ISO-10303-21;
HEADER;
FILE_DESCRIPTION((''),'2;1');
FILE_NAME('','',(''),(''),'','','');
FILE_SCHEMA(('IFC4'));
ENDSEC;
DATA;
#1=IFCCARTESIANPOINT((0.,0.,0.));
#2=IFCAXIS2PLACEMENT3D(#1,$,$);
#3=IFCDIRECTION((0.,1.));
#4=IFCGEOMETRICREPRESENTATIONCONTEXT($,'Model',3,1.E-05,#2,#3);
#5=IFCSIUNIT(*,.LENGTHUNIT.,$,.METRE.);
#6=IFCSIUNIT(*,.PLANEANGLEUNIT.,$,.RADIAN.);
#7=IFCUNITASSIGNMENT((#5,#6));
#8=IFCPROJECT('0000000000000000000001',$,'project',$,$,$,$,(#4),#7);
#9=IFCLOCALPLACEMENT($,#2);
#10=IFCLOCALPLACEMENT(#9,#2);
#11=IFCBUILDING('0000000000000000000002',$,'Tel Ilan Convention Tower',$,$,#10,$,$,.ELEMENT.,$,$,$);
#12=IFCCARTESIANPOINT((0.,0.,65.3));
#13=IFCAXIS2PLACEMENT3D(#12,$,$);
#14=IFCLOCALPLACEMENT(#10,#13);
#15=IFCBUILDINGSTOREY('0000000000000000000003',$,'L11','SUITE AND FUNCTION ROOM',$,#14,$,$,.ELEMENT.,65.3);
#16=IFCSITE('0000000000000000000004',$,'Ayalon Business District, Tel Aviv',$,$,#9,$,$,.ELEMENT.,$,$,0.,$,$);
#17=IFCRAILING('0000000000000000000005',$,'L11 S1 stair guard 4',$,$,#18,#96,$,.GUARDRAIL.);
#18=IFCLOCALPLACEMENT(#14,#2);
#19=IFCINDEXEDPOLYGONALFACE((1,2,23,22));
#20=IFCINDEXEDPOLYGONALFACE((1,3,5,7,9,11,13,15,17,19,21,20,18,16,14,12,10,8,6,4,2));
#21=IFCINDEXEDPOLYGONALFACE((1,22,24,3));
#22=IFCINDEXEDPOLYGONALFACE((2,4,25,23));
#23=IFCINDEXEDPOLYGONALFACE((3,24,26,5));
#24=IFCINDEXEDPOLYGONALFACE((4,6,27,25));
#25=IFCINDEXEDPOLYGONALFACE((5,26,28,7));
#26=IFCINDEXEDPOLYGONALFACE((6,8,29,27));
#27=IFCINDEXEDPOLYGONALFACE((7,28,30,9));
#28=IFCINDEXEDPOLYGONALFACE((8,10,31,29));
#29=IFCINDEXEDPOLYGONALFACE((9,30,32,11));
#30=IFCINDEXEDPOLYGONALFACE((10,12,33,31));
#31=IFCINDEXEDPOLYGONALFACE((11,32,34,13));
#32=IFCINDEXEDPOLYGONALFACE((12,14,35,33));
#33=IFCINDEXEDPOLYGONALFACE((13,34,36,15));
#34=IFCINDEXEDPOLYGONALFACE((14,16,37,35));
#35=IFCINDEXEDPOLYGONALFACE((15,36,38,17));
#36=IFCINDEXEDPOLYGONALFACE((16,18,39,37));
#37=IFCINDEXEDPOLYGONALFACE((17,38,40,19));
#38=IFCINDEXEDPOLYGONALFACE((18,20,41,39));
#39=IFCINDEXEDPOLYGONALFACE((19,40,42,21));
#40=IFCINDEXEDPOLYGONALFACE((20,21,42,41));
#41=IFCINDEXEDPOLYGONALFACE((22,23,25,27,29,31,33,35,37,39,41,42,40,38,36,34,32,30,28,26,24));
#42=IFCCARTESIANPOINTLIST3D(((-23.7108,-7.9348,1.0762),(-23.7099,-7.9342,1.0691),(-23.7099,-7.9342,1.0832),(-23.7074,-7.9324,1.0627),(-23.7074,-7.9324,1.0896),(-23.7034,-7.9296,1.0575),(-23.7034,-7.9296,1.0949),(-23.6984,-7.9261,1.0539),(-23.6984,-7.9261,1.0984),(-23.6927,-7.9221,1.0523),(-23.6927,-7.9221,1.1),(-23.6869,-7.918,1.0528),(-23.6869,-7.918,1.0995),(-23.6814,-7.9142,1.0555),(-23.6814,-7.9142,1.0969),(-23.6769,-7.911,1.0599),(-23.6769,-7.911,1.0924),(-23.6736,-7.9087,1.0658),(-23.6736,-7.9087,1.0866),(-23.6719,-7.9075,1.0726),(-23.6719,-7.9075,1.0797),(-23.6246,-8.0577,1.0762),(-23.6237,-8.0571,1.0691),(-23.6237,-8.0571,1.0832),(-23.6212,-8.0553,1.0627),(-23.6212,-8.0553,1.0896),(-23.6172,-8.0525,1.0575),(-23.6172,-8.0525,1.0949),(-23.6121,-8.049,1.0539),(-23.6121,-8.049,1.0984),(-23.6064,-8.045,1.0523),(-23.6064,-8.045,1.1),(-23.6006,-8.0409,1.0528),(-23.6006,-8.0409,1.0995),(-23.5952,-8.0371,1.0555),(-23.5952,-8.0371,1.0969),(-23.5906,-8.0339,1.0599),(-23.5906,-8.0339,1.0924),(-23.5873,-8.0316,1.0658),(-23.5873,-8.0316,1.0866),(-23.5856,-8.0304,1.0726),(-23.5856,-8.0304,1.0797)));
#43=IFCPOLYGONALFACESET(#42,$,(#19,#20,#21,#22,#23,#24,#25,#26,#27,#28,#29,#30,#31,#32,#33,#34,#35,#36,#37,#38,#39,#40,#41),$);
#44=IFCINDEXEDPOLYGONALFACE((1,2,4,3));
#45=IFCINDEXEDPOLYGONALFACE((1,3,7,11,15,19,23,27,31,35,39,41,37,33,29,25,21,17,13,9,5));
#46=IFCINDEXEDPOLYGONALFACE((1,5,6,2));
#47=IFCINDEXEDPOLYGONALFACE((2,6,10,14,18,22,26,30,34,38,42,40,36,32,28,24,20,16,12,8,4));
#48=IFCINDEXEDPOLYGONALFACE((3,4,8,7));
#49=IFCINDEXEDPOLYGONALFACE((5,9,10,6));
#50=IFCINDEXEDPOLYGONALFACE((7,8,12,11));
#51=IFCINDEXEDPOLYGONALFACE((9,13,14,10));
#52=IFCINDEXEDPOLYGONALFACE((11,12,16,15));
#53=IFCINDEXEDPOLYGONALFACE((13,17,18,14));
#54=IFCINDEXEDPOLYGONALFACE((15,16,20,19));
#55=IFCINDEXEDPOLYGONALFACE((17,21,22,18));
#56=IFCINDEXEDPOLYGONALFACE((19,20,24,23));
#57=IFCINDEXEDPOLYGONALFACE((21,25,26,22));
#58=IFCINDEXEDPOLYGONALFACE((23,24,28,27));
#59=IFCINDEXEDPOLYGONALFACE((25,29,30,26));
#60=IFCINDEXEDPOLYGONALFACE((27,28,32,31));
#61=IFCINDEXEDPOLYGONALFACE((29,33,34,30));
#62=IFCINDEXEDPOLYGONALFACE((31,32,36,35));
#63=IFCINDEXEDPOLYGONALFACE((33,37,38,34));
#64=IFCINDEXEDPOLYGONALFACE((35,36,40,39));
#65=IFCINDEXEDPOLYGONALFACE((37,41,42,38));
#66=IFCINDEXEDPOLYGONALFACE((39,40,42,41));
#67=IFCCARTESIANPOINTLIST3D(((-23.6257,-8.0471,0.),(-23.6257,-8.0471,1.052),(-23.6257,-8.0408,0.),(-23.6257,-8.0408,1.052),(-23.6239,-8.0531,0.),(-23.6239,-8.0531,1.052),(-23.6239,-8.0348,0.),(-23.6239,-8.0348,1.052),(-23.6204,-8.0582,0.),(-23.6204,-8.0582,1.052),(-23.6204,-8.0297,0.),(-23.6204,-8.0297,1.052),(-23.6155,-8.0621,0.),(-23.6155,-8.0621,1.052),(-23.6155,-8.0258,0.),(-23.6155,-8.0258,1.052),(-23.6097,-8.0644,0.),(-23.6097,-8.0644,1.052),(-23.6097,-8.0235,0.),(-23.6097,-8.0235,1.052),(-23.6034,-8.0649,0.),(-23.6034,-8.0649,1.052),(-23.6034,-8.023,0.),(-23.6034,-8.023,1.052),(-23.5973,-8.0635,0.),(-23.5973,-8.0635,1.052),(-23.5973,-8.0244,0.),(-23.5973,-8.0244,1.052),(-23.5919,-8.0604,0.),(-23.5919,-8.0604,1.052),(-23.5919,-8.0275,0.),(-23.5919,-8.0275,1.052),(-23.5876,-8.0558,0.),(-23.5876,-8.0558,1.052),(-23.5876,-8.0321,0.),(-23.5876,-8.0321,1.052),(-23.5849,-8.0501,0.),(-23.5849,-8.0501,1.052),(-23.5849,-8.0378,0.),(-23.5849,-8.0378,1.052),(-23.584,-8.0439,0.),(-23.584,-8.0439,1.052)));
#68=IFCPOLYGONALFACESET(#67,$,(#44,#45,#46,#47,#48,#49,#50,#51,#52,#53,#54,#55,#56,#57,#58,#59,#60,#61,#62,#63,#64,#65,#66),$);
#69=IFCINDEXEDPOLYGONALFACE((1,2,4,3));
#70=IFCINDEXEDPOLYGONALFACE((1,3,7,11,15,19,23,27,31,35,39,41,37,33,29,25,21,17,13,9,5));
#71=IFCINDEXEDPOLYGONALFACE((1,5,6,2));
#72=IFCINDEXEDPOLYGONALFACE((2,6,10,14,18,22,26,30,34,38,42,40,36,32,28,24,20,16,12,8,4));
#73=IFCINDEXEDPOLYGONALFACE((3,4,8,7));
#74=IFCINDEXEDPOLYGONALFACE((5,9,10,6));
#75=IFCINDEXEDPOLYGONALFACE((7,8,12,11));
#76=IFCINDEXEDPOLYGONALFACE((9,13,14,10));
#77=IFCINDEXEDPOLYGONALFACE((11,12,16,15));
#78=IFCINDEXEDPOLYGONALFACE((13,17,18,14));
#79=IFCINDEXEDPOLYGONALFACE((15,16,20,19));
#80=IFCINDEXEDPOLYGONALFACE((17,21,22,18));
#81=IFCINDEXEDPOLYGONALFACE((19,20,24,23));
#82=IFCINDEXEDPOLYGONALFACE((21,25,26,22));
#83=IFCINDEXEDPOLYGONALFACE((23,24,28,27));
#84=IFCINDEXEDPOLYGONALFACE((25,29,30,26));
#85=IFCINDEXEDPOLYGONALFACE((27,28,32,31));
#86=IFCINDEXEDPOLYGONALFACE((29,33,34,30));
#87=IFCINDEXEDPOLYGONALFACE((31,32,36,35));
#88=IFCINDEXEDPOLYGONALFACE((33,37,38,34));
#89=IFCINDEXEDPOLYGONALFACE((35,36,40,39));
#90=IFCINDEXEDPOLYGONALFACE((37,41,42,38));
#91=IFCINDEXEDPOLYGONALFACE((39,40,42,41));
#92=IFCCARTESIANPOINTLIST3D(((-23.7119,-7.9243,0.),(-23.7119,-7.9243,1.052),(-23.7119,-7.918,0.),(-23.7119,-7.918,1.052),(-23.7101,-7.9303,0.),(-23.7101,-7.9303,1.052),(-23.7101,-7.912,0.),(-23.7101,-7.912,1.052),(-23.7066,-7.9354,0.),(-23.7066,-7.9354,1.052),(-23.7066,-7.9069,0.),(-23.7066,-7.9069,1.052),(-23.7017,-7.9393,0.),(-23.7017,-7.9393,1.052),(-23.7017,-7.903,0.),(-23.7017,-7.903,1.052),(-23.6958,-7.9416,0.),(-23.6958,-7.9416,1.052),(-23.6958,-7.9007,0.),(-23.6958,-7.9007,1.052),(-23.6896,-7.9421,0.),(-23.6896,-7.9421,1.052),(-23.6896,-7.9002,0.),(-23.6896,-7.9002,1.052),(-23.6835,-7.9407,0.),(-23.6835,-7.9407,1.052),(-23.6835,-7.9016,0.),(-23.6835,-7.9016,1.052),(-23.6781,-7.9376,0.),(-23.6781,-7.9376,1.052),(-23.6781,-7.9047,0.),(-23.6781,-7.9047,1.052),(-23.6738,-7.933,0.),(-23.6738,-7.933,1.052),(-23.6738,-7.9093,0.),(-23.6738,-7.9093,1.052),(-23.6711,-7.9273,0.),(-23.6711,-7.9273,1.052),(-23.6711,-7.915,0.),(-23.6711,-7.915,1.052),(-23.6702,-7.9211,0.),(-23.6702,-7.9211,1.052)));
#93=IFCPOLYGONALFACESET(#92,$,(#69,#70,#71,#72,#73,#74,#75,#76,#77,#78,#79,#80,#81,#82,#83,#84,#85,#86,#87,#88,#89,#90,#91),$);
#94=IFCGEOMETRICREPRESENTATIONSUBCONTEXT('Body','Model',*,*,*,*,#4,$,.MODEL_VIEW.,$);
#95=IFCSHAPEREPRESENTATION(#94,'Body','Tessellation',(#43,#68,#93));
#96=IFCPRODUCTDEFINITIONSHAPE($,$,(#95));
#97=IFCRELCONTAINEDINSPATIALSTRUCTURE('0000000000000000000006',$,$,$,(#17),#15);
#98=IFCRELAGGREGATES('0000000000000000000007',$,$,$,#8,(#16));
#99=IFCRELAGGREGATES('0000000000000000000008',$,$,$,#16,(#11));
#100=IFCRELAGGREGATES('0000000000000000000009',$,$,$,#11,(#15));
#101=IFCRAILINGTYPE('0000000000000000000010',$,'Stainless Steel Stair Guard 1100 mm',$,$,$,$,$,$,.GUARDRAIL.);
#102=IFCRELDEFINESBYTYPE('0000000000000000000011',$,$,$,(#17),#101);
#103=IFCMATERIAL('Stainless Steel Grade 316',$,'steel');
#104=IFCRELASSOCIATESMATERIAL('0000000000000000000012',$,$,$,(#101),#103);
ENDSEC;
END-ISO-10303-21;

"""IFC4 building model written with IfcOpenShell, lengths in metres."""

from ifc_helpers import new_model, si_unit, direction, frame, origin, origin_2d, place, context, subcontext, project, spatial, circle, extrude, material, type_object, element, save


model = new_model("IFC4")

# Units and contexts
model_context = context("Model", 3, precision=1e-05, world=origin(), true_north=direction((0.0, 1.0)))
body_context = subcontext(model_context, "Body", "Model", "MODEL_VIEW")
ifc_project = project(units=[si_unit("LENGTHUNIT", "METRE"), si_unit("PLANEANGLEUNIT", "RADIAN")], contexts=[model_context])

# Site, building, storey
site_placement = place(None, origin())
site = spatial("IfcSite", under=ifc_project, at=site_placement, Name="Ayalon Business District, Tel Aviv", CompositionType="ELEMENT", RefElevation=0.0)
building_placement = place(site_placement, origin())
building = spatial("IfcBuilding", under=site, at=building_placement, Name="Tel Ilan Convention Tower", CompositionType="ELEMENT")
storey_placement = place(building_placement, frame((0.0, 0.0, 65.3)))
storey = spatial("IfcBuildingStorey", under=building, at=storey_placement, Name="L11", Description="SUITE AND FUNCTION ROOM", CompositionType="ELEMENT", Elevation=65.3)

# Railing
ifc_material_1 = material(Name="Stainless Steel Grade 316", Category="steel")
railing_type = type_object("IfcRailingType", Name="Stainless Steel Stair Guard 1100 mm", PredefinedType="GUARDRAIL", material=ifc_material_1)
railing_1_placement = place(storey_placement, frame((-23.605, -8.0439, 0.0)))
element("IfcRailing", 1, at=railing_1_placement, inside=storey, type_object=railing_type, Name="L11 S1 stair guard 4", PredefinedType="GUARDRAIL", context=body_context, shape_type="SweptSolid", body=[
    extrude(circle(Radius=0.0239, at=origin_2d()), frame((0.0, 0.0, 1.0762), z_axis=(-0.574445, 0.818543, 0.0), x_axis=(-0.818543, -0.574445, 0.0)), (0.0, 0.0, 1.0), 0.1501),
    extrude(circle(Radius=0.021, at=origin_2d()), origin(), (0.0, 0.0, 1.0), 1.052),
    extrude(circle(Radius=0.021, at=origin_2d()), frame((-0.0862, 0.1228, 0.0)), (0.0, 0.0, 1.0), 1.052),
])

save(model, "model.ifc")
